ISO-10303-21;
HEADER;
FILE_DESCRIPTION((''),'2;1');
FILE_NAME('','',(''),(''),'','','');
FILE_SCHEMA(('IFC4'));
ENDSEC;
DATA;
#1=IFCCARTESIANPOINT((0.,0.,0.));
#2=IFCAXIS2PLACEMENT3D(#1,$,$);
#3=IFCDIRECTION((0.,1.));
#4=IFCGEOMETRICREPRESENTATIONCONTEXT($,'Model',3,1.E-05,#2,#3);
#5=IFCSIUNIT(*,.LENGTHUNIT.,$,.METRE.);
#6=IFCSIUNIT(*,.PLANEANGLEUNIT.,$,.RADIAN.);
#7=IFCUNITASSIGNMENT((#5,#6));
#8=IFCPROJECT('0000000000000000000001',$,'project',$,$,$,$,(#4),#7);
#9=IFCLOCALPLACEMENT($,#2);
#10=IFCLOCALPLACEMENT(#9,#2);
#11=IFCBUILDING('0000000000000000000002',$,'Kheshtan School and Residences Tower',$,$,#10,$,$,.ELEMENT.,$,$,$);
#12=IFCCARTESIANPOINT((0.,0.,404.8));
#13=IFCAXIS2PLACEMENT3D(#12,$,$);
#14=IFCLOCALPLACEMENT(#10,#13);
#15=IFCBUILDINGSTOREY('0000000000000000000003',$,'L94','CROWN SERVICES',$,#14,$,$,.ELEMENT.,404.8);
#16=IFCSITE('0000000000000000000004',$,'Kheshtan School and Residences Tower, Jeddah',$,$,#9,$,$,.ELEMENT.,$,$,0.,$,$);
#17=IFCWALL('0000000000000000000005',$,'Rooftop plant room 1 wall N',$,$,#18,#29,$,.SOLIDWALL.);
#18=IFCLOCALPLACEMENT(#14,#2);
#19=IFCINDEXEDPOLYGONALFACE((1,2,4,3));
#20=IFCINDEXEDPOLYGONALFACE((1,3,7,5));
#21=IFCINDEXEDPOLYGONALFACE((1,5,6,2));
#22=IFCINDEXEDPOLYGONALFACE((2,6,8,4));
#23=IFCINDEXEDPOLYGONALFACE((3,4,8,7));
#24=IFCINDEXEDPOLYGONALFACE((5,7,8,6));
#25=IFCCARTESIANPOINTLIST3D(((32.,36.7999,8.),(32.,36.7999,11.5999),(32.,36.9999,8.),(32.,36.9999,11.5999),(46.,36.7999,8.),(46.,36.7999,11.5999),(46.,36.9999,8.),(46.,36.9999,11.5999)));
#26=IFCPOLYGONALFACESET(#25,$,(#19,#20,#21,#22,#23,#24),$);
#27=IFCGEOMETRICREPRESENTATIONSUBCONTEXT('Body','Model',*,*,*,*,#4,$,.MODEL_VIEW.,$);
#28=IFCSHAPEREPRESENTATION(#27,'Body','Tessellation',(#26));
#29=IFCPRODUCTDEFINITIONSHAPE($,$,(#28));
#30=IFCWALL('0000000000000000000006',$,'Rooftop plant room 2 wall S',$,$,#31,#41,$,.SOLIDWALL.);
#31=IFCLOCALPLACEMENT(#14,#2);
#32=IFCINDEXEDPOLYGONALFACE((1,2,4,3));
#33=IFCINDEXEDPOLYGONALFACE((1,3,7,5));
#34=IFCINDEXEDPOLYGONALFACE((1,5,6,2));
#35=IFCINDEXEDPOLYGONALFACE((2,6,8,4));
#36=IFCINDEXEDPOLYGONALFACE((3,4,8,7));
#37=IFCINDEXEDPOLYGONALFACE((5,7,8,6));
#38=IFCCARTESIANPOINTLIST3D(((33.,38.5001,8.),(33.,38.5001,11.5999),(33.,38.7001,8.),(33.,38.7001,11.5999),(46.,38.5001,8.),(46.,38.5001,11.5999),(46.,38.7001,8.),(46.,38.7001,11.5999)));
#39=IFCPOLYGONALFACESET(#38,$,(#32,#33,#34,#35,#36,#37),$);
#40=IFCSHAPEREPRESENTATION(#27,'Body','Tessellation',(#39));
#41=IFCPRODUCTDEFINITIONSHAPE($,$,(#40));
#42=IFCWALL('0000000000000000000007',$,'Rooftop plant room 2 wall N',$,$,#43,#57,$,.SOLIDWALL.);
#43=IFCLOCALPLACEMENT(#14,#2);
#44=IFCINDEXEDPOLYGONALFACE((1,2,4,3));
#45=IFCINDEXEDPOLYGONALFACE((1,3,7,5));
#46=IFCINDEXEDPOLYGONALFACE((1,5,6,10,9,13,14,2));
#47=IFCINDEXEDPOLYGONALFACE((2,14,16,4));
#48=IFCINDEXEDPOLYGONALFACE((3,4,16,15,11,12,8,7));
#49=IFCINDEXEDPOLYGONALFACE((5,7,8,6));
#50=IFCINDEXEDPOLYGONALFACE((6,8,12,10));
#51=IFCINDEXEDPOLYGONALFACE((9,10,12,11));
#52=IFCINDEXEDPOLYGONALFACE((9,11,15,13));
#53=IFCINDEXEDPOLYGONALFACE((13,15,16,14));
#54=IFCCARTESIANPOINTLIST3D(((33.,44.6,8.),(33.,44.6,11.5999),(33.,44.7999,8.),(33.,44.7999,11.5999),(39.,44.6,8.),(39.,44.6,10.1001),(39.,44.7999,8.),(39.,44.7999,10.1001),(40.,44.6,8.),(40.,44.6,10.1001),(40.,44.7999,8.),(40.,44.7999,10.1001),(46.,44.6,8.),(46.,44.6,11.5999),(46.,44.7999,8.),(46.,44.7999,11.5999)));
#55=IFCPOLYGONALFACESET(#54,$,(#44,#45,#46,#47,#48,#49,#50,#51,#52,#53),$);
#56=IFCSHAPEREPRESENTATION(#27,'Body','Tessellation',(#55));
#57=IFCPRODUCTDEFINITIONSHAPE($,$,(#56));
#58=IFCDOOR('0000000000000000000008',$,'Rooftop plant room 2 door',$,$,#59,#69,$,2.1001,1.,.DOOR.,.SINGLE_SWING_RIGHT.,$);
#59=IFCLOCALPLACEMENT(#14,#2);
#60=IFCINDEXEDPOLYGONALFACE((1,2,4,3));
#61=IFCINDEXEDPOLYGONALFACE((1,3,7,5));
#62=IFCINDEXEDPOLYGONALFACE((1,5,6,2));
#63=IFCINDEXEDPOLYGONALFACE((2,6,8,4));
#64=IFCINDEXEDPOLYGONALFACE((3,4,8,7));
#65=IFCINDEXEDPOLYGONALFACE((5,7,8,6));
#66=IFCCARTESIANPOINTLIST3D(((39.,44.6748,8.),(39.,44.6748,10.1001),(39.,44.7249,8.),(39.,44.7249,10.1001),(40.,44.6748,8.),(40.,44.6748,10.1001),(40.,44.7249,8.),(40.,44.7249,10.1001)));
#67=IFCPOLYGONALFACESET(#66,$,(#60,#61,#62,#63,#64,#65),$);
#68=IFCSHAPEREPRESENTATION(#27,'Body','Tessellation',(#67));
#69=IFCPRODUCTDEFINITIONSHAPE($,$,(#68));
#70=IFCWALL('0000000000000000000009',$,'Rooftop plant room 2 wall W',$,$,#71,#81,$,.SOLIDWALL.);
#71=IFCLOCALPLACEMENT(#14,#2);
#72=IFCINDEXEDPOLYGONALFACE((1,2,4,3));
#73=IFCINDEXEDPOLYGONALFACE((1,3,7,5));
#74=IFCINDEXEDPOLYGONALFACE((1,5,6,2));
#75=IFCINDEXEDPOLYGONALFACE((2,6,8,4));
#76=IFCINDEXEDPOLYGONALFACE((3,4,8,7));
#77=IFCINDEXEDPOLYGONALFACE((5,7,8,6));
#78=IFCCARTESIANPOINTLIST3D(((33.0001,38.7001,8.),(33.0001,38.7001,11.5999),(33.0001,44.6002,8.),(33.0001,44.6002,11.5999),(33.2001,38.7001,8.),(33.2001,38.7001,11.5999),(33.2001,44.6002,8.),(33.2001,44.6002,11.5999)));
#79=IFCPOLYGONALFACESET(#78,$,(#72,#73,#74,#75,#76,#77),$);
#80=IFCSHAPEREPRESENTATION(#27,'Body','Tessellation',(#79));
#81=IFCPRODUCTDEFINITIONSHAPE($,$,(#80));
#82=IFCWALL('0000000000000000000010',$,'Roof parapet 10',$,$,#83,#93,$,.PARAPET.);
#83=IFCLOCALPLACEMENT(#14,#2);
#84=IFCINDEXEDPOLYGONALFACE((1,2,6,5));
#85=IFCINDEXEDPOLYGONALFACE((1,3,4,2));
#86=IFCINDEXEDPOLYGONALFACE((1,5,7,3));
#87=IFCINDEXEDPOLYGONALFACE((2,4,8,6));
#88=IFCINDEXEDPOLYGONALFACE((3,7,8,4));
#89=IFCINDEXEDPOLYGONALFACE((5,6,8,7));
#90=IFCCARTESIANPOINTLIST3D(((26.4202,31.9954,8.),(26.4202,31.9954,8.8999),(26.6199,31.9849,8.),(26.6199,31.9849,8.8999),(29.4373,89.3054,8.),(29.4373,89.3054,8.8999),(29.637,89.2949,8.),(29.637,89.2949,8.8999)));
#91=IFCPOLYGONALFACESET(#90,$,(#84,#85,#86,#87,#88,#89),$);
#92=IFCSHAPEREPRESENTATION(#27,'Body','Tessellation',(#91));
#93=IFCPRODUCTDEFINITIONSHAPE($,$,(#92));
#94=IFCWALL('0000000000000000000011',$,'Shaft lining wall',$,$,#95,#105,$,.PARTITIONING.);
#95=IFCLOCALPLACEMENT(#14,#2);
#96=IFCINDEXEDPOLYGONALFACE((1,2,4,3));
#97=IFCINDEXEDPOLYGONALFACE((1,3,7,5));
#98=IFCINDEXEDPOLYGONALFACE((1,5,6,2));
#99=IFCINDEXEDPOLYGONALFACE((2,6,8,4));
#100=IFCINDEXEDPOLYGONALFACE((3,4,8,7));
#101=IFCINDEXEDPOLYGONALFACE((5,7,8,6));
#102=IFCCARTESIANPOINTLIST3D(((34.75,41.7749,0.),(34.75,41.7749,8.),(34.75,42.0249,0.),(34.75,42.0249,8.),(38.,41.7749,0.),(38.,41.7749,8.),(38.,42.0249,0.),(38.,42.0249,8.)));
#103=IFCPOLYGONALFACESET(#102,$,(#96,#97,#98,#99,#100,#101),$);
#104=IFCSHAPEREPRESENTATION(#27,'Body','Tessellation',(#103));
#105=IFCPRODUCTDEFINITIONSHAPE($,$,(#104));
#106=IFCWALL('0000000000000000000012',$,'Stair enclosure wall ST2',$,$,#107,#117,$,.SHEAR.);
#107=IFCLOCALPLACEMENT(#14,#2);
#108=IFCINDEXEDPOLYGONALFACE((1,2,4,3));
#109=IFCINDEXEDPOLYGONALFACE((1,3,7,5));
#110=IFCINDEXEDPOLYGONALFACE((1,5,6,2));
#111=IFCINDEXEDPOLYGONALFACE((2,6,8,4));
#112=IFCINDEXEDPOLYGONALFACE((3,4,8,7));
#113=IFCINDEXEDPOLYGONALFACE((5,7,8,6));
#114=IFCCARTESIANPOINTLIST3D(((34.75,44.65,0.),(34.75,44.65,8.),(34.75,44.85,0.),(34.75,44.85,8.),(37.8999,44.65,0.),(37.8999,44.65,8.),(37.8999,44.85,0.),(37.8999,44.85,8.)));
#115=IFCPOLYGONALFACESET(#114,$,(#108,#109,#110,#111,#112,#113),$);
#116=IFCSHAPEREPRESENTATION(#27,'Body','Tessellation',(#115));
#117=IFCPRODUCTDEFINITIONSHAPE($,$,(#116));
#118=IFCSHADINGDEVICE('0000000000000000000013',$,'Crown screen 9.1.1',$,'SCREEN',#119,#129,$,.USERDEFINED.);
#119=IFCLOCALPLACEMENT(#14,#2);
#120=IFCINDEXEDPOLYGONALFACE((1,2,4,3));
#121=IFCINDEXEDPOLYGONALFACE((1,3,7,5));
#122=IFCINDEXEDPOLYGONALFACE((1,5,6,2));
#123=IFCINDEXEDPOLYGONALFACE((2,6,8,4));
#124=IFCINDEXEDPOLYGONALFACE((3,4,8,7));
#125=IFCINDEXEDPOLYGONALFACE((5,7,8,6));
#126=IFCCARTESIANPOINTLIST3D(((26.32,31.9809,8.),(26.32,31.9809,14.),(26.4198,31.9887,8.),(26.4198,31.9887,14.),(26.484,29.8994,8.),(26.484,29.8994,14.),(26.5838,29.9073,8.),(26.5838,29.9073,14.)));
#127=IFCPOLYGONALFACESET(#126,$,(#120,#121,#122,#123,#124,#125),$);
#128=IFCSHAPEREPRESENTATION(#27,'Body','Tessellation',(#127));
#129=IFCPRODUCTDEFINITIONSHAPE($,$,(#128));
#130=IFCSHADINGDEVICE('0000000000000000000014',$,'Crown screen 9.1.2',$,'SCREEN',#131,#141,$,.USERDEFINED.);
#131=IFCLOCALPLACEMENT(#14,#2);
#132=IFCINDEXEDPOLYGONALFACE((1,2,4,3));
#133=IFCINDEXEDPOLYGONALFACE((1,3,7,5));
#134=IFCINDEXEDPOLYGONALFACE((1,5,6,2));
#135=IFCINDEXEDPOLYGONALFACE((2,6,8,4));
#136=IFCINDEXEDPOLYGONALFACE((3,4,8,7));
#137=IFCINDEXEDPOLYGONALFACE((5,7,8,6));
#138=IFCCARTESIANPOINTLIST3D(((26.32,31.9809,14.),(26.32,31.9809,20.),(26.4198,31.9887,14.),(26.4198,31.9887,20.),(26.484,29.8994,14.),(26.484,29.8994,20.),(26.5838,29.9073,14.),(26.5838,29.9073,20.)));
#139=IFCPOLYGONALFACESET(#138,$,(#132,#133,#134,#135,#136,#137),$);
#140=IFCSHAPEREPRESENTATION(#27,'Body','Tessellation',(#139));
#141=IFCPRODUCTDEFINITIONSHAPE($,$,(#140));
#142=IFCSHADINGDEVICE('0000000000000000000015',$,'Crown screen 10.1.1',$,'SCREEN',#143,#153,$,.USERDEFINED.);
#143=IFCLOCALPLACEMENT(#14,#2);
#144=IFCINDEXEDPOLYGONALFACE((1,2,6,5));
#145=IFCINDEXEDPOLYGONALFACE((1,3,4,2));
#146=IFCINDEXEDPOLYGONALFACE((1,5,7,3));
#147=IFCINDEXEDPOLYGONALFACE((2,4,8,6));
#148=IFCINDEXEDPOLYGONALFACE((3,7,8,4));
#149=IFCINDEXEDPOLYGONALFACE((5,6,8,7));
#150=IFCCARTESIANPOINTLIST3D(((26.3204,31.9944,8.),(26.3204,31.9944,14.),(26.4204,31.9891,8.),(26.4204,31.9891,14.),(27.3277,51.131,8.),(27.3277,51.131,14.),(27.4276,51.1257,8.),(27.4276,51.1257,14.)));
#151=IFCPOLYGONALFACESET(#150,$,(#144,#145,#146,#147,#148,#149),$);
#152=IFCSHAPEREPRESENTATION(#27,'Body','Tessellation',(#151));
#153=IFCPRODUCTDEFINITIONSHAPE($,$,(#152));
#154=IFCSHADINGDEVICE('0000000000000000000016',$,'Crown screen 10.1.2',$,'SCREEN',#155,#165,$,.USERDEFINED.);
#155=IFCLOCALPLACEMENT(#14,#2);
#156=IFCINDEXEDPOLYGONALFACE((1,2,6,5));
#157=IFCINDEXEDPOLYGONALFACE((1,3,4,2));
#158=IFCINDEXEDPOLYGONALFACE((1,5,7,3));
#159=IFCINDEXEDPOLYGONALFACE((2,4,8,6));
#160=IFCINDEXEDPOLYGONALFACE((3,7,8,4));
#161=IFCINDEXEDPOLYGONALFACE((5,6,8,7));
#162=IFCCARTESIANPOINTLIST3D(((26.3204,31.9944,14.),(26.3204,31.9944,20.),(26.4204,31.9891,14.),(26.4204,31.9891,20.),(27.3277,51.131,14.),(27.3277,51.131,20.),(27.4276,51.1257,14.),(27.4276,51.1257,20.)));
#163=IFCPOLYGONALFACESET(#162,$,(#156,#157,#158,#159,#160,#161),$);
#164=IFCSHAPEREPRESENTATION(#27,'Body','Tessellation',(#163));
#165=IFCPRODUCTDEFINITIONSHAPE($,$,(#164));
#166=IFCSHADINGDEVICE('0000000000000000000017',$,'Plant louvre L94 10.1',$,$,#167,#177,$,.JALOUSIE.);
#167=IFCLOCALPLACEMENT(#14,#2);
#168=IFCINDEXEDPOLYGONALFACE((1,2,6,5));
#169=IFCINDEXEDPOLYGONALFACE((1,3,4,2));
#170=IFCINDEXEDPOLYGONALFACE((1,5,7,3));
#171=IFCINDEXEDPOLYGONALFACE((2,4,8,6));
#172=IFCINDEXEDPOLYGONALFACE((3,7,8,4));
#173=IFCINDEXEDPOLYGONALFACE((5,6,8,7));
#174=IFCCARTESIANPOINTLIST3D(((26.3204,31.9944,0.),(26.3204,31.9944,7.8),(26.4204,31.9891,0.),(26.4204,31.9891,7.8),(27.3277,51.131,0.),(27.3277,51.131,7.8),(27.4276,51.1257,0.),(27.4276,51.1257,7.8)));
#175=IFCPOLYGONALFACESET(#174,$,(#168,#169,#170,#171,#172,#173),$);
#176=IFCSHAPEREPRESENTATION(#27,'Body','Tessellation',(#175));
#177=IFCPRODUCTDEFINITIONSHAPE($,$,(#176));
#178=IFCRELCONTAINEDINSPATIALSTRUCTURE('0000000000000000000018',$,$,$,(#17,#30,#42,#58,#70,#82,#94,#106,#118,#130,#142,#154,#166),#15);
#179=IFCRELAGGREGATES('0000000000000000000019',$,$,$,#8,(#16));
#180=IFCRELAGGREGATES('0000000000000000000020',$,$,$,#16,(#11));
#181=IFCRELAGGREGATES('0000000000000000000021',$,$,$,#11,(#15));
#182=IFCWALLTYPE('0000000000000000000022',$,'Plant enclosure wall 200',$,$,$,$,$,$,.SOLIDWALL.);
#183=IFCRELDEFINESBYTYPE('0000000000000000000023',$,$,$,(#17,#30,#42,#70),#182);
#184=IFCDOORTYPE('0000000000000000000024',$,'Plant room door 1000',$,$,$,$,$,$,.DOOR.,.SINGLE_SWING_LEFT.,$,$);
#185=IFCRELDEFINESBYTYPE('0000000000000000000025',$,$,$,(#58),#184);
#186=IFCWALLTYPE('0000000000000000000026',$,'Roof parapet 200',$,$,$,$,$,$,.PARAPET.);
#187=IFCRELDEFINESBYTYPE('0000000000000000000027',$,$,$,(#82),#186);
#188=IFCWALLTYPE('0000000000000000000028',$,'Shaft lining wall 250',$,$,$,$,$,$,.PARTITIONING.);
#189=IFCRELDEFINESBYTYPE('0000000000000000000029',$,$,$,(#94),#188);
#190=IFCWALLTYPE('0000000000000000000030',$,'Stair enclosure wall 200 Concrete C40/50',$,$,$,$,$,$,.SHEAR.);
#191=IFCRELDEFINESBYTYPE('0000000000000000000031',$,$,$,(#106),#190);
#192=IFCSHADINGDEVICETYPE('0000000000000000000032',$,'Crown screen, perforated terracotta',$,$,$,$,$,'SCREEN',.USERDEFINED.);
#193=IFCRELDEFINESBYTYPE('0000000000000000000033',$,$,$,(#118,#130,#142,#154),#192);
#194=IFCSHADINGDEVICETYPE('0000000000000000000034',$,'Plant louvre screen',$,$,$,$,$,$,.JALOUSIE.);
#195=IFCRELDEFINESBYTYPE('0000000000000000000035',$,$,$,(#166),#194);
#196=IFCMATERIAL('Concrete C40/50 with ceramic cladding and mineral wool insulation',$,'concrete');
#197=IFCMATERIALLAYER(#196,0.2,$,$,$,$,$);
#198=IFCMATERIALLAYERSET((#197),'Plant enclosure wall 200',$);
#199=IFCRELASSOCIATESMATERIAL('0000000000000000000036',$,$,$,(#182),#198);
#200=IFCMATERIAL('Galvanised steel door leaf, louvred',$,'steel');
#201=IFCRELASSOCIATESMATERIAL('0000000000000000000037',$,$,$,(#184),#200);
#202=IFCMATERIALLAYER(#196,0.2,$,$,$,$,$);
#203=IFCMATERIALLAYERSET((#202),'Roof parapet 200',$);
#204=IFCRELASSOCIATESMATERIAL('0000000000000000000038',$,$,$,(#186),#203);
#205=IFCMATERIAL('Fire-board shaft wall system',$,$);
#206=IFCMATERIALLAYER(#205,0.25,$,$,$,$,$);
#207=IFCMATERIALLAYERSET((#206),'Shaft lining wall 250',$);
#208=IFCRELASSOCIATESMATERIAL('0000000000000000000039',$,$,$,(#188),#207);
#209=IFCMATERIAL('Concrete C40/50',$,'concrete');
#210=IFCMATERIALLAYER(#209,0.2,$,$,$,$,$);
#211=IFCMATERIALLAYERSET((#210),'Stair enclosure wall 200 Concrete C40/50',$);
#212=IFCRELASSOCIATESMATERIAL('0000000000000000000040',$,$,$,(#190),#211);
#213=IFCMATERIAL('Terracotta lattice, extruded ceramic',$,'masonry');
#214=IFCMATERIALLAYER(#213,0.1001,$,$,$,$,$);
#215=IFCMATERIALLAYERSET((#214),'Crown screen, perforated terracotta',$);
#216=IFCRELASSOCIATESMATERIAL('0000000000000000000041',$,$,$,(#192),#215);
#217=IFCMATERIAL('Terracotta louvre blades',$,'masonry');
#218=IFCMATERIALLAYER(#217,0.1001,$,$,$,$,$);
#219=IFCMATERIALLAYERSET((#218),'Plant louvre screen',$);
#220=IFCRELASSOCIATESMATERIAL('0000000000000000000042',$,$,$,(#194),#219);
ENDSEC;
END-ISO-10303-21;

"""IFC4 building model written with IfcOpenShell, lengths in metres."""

from ifc_helpers import new_model, si_unit, direction, frame, frame_2d, origin, origin_2d, place, context, subcontext, project, spatial, rectangle, extrude, source, transform, mapped, material, layer, layer_set, type_object, element, fill, save


model = new_model("IFC4")

# Units and contexts
model_context = context("Model", 3, precision=1e-05, world=origin(), true_north=direction((0.0, 1.0)))
body_context = subcontext(model_context, "Body", "Model", "MODEL_VIEW")
ifc_project = project(units=[si_unit("LENGTHUNIT", "METRE"), si_unit("PLANEANGLEUNIT", "RADIAN")], contexts=[model_context])

# Site, building, storey
site_placement = place(None, origin())
site = spatial("IfcSite", under=ifc_project, at=site_placement, Name="Kheshtan School and Residences Tower, Jeddah", CompositionType="ELEMENT", RefElevation=0.0)
building_placement = place(site_placement, origin())
building = spatial("IfcBuilding", under=site, at=building_placement, Name="Kheshtan School and Residences Tower", CompositionType="ELEMENT")
storey_placement = place(building_placement, frame((0.0, 0.0, 404.8)))
storey = spatial("IfcBuildingStorey", under=building, at=storey_placement, Name="L94", Description="CROWN SERVICES", CompositionType="ELEMENT", Elevation=404.8)

# Walls
ifc_material_1 = material(Name="Concrete C40/50 with ceramic cladding and mineral wool insulation", Category="concrete")
ifc_layer_1 = layer(ifc_material_1, 0.2)
ifc_layer_set_1 = layer_set([ifc_layer_1], Name="Plant enclosure wall 200")
wall_type_1 = type_object("IfcWallType", Name="Plant enclosure wall 200", PredefinedType="SOLIDWALL", material=ifc_layer_set_1)
wall_1_placement = place(storey_placement, frame((32.0, 36.8999, 8.0), z_axis=(0.0, 0.0, 1.0), x_axis=(1.0, 0.0, 0.0)))
element("IfcWall", 1, at=wall_1_placement, inside=storey, type_object=wall_type_1, Name="Rooftop plant room 1 wall N", PredefinedType="SOLIDWALL", context=body_context, shape_type="SweptSolid", body=[
    extrude(rectangle(XDim=14.0, YDim=0.2, at=frame_2d((7.0, 0.0))), origin(), (0.0, 0.0, 1.0), 3.5999),
])
wall_2_placement = place(storey_placement, frame((33.0, 38.6001, 8.0), z_axis=(0.0, 0.0, 1.0), x_axis=(1.0, 0.0, 0.0)))
element("IfcWall", 2, at=wall_2_placement, inside=storey, type_object=wall_type_1, Name="Rooftop plant room 2 wall S", PredefinedType="SOLIDWALL", context=body_context, shape_type="SweptSolid", body=[
    extrude(rectangle(XDim=13.0, YDim=0.2, at=frame_2d((6.5, 0.0))), origin(), (0.0, 0.0, 1.0), 3.5999),
])

# Wall, opening, door
wall_3_placement = place(storey_placement, frame((33.0, 44.7, 8.0), z_axis=(0.0, 0.0, 1.0), x_axis=(1.0, 0.0, 0.0)))
wall_3 = element("IfcWall", 3, at=wall_3_placement, inside=storey, type_object=wall_type_1, Name="Rooftop plant room 2 wall N", PredefinedType="SOLIDWALL", context=body_context, shape_type="SweptSolid", body=[
    extrude(rectangle(XDim=13.0, YDim=0.2, at=frame_2d((6.5, 0.0))), origin(), (0.0, 0.0, 1.0), 3.5999),
])
opening_1_placement = place(wall_3_placement, frame((6.0, 0.0, 0.0)))
opening_1 = element("IfcOpeningElement", 4, at=opening_1_placement, cuts=wall_3, PredefinedType="OPENING", context=body_context, shape_type="SweptSolid", body=[
    extrude(rectangle(XDim=1.0, YDim=2.1001, at=frame_2d((0.5, 1.05))), frame((0.0, 0.1099, 0.0), z_axis=(0.0, -1.0, 0.0), x_axis=(1.0, 0.0, 0.0)), (0.0, 0.0, 1.0), 0.22),
])
ifc_material_2 = material(Name="Galvanised steel door leaf, louvred", Category="steel")
door_type_1 = type_object("IfcDoorType", Name="Plant room door 1000", OperationType="SINGLE_SWING_LEFT", PredefinedType="DOOR", material=ifc_material_2)
shared_shape_1 = source(origin(), body_context, "Body", "SweptSolid", [
    extrude(rectangle(XDim=1.0, YDim=2.1001, at=frame_2d((0.5, 1.05))), frame((0.0, 0.0249, 0.0), z_axis=(0.0, -1.0, 0.0), x_axis=(1.0, 0.0, 0.0)), (0.0, 0.0, 1.0), 0.05),
])
door_1_placement = place(opening_1_placement, origin())
door_1 = element("IfcDoor", 5, at=door_1_placement, inside=storey, type_object=door_type_1, Name="Rooftop plant room 2 door", OperationType="SINGLE_SWING_RIGHT", OverallHeight=2.1001, OverallWidth=1.0, PredefinedType="DOOR", context=body_context, shape_type="MappedRepresentation", body=[
    mapped(shared_shape_1, transform((0.0, 0.0, 0.0), x_axis=(1.0, 0.0, 0.0), y_axis=(0.0, 1.0, 0.0), z_axis=(0.0, 0.0, 1.0), scale=1.0)),
])
fill(opening_1, door_1)

# Walls
wall_4_placement = place(storey_placement, frame((33.1001, 38.7, 8.0), z_axis=(0.0, 0.0, 1.0), x_axis=(0.0, 1.0, 0.0)))
element("IfcWall", 6, at=wall_4_placement, inside=storey, type_object=wall_type_1, Name="Rooftop plant room 2 wall W", PredefinedType="SOLIDWALL", context=body_context, shape_type="SweptSolid", body=[
    extrude(rectangle(XDim=5.9001, YDim=0.2, at=frame_2d((2.9502, 0.0))), origin(), (0.0, 0.0, 1.0), 3.5999),
])
ifc_layer_2 = layer(ifc_material_1, 0.2)
ifc_layer_set_2 = layer_set([ifc_layer_2], Name="Roof parapet 200")
wall_type_2 = type_object("IfcWallType", Name="Roof parapet 200", PredefinedType="PARAPET", material=ifc_layer_set_2)
wall_5_placement = place(storey_placement, frame((26.52, 31.99, 8.0), z_axis=(0.0, 0.0, 1.0), x_axis=(0.052572, 0.998617, 0.0)))
element("IfcWall", 7, at=wall_5_placement, inside=storey, type_object=wall_type_2, Name="Roof parapet 10", PredefinedType="PARAPET", context=body_context, shape_type="SweptSolid", body=[
    extrude(rectangle(XDim=57.3894, YDim=0.2, at=frame_2d((28.6948, 0.0))), origin(), (0.0, 0.0, 1.0), 0.8999),
])
ifc_material_3 = material(Name="Fire-board shaft wall system")
ifc_layer_3 = layer(ifc_material_3, 0.25)
ifc_layer_set_3 = layer_set([ifc_layer_3], Name="Shaft lining wall 250")
wall_type_3 = type_object("IfcWallType", Name="Shaft lining wall 250", PredefinedType="PARTITIONING", material=ifc_layer_set_3)
wall_6_placement = place(storey_placement, frame((34.75, 41.8999, 0.0), z_axis=(0.0, 0.0, 1.0), x_axis=(1.0, 0.0, 0.0)))
element("IfcWall", 8, at=wall_6_placement, inside=storey, type_object=wall_type_3, Name="Shaft lining wall", PredefinedType="PARTITIONING", context=body_context, shape_type="SweptSolid", body=[
    extrude(rectangle(XDim=3.25, YDim=0.25, at=frame_2d((1.625, 0.0))), origin(), (0.0, 0.0, 1.0), 8.0),
])
ifc_material_4 = material(Name="Concrete C40/50", Category="concrete")
ifc_layer_4 = layer(ifc_material_4, 0.2)
ifc_layer_set_4 = layer_set([ifc_layer_4], Name="Stair enclosure wall 200 Concrete C40/50")
wall_type_4 = type_object("IfcWallType", Name="Stair enclosure wall 200 Concrete C40/50", PredefinedType="SHEAR", material=ifc_layer_set_4)
wall_7_placement = place(storey_placement, frame((34.75, 44.75, 0.0), z_axis=(0.0, 0.0, 1.0), x_axis=(1.0, 0.0, 0.0)))
element("IfcWall", 9, at=wall_7_placement, inside=storey, type_object=wall_type_4, Name="Stair enclosure wall ST2", PredefinedType="SHEAR", context=body_context, shape_type="SweptSolid", body=[
    extrude(rectangle(XDim=3.1499, YDim=0.2, at=frame_2d((1.575, 0.0))), origin(), (0.0, 0.0, 1.0), 8.0),
])

# Shading devices
ifc_material_5 = material(Name="Terracotta lattice, extruded ceramic", Category="masonry")
ifc_layer_5 = layer(ifc_material_5, 0.1001)
ifc_layer_set_5 = layer_set([ifc_layer_5], Name="Crown screen, perforated terracotta")
shading_device_type_1 = type_object("IfcShadingDeviceType", Name="Crown screen, perforated terracotta", ElementType="SCREEN", PredefinedType="USERDEFINED", material=ifc_layer_set_5)
for number, where, z_axis, x_axis, name in (
    (10, (26.4519, 30.9441, 8.0), (0.0, 0.0, 1.0), (-0.078529, 0.996912, 0.0), "Crown screen 9.1.1"),
    (11, (26.4519, 30.9441, 14.0), (0.0, 0.0, 1.0), (-0.078529, 0.996912, 0.0), "Crown screen 9.1.2"),
):
    element("IfcShadingDevice", number, at=place(storey_placement, frame(where, z_axis=z_axis, x_axis=x_axis)), inside=storey, type_object=shading_device_type_1, Name=name, ObjectType="SCREEN", PredefinedType="USERDEFINED", context=body_context, shape_type="SweptSolid", body=[
        extrude(rectangle(XDim=2.0879, YDim=0.1001, at=origin_2d()), origin(), (0.0, 0.0, 1.0), 6.0),
    ])
for number, where, z_axis, x_axis, name in (
    (12, (26.874, 41.5601, 8.0), (0.0, 0.0, 1.0), (0.052563, 0.998618, 0.0), "Crown screen 10.1.1"),
    (13, (26.874, 41.5601, 14.0), (0.0, 0.0, 1.0), (0.052563, 0.998618, 0.0), "Crown screen 10.1.2"),
):
    element("IfcShadingDevice", number, at=place(storey_placement, frame(where, z_axis=z_axis, x_axis=x_axis)), inside=storey, type_object=shading_device_type_1, Name=name, ObjectType="SCREEN", PredefinedType="USERDEFINED", context=body_context, shape_type="SweptSolid", body=[
        extrude(rectangle(XDim=19.1631, YDim=0.1001, at=origin_2d()), origin(), (0.0, 0.0, 1.0), 6.0),
    ])
ifc_material_6 = material(Name="Terracotta louvre blades", Category="masonry")
ifc_layer_6 = layer(ifc_material_6, 0.1001)
ifc_layer_set_6 = layer_set([ifc_layer_6], Name="Plant louvre screen")
shading_device_type_2 = type_object("IfcShadingDeviceType", Name="Plant louvre screen", PredefinedType="JALOUSIE", material=ifc_layer_set_6)
shading_device_placement = place(storey_placement, frame((26.874, 41.5601, 0.0), z_axis=(0.0, 0.0, 1.0), x_axis=(0.052563, 0.998618, 0.0)))
element("IfcShadingDevice", 14, at=shading_device_placement, inside=storey, type_object=shading_device_type_2, Name="Plant louvre L94 10.1", PredefinedType="JALOUSIE", context=body_context, shape_type="SweptSolid", body=[
    extrude(rectangle(XDim=19.1631, YDim=0.1001, at=origin_2d()), origin(), (0.0, 0.0, 1.0), 7.8),
])

save(model, "model.ifc")
